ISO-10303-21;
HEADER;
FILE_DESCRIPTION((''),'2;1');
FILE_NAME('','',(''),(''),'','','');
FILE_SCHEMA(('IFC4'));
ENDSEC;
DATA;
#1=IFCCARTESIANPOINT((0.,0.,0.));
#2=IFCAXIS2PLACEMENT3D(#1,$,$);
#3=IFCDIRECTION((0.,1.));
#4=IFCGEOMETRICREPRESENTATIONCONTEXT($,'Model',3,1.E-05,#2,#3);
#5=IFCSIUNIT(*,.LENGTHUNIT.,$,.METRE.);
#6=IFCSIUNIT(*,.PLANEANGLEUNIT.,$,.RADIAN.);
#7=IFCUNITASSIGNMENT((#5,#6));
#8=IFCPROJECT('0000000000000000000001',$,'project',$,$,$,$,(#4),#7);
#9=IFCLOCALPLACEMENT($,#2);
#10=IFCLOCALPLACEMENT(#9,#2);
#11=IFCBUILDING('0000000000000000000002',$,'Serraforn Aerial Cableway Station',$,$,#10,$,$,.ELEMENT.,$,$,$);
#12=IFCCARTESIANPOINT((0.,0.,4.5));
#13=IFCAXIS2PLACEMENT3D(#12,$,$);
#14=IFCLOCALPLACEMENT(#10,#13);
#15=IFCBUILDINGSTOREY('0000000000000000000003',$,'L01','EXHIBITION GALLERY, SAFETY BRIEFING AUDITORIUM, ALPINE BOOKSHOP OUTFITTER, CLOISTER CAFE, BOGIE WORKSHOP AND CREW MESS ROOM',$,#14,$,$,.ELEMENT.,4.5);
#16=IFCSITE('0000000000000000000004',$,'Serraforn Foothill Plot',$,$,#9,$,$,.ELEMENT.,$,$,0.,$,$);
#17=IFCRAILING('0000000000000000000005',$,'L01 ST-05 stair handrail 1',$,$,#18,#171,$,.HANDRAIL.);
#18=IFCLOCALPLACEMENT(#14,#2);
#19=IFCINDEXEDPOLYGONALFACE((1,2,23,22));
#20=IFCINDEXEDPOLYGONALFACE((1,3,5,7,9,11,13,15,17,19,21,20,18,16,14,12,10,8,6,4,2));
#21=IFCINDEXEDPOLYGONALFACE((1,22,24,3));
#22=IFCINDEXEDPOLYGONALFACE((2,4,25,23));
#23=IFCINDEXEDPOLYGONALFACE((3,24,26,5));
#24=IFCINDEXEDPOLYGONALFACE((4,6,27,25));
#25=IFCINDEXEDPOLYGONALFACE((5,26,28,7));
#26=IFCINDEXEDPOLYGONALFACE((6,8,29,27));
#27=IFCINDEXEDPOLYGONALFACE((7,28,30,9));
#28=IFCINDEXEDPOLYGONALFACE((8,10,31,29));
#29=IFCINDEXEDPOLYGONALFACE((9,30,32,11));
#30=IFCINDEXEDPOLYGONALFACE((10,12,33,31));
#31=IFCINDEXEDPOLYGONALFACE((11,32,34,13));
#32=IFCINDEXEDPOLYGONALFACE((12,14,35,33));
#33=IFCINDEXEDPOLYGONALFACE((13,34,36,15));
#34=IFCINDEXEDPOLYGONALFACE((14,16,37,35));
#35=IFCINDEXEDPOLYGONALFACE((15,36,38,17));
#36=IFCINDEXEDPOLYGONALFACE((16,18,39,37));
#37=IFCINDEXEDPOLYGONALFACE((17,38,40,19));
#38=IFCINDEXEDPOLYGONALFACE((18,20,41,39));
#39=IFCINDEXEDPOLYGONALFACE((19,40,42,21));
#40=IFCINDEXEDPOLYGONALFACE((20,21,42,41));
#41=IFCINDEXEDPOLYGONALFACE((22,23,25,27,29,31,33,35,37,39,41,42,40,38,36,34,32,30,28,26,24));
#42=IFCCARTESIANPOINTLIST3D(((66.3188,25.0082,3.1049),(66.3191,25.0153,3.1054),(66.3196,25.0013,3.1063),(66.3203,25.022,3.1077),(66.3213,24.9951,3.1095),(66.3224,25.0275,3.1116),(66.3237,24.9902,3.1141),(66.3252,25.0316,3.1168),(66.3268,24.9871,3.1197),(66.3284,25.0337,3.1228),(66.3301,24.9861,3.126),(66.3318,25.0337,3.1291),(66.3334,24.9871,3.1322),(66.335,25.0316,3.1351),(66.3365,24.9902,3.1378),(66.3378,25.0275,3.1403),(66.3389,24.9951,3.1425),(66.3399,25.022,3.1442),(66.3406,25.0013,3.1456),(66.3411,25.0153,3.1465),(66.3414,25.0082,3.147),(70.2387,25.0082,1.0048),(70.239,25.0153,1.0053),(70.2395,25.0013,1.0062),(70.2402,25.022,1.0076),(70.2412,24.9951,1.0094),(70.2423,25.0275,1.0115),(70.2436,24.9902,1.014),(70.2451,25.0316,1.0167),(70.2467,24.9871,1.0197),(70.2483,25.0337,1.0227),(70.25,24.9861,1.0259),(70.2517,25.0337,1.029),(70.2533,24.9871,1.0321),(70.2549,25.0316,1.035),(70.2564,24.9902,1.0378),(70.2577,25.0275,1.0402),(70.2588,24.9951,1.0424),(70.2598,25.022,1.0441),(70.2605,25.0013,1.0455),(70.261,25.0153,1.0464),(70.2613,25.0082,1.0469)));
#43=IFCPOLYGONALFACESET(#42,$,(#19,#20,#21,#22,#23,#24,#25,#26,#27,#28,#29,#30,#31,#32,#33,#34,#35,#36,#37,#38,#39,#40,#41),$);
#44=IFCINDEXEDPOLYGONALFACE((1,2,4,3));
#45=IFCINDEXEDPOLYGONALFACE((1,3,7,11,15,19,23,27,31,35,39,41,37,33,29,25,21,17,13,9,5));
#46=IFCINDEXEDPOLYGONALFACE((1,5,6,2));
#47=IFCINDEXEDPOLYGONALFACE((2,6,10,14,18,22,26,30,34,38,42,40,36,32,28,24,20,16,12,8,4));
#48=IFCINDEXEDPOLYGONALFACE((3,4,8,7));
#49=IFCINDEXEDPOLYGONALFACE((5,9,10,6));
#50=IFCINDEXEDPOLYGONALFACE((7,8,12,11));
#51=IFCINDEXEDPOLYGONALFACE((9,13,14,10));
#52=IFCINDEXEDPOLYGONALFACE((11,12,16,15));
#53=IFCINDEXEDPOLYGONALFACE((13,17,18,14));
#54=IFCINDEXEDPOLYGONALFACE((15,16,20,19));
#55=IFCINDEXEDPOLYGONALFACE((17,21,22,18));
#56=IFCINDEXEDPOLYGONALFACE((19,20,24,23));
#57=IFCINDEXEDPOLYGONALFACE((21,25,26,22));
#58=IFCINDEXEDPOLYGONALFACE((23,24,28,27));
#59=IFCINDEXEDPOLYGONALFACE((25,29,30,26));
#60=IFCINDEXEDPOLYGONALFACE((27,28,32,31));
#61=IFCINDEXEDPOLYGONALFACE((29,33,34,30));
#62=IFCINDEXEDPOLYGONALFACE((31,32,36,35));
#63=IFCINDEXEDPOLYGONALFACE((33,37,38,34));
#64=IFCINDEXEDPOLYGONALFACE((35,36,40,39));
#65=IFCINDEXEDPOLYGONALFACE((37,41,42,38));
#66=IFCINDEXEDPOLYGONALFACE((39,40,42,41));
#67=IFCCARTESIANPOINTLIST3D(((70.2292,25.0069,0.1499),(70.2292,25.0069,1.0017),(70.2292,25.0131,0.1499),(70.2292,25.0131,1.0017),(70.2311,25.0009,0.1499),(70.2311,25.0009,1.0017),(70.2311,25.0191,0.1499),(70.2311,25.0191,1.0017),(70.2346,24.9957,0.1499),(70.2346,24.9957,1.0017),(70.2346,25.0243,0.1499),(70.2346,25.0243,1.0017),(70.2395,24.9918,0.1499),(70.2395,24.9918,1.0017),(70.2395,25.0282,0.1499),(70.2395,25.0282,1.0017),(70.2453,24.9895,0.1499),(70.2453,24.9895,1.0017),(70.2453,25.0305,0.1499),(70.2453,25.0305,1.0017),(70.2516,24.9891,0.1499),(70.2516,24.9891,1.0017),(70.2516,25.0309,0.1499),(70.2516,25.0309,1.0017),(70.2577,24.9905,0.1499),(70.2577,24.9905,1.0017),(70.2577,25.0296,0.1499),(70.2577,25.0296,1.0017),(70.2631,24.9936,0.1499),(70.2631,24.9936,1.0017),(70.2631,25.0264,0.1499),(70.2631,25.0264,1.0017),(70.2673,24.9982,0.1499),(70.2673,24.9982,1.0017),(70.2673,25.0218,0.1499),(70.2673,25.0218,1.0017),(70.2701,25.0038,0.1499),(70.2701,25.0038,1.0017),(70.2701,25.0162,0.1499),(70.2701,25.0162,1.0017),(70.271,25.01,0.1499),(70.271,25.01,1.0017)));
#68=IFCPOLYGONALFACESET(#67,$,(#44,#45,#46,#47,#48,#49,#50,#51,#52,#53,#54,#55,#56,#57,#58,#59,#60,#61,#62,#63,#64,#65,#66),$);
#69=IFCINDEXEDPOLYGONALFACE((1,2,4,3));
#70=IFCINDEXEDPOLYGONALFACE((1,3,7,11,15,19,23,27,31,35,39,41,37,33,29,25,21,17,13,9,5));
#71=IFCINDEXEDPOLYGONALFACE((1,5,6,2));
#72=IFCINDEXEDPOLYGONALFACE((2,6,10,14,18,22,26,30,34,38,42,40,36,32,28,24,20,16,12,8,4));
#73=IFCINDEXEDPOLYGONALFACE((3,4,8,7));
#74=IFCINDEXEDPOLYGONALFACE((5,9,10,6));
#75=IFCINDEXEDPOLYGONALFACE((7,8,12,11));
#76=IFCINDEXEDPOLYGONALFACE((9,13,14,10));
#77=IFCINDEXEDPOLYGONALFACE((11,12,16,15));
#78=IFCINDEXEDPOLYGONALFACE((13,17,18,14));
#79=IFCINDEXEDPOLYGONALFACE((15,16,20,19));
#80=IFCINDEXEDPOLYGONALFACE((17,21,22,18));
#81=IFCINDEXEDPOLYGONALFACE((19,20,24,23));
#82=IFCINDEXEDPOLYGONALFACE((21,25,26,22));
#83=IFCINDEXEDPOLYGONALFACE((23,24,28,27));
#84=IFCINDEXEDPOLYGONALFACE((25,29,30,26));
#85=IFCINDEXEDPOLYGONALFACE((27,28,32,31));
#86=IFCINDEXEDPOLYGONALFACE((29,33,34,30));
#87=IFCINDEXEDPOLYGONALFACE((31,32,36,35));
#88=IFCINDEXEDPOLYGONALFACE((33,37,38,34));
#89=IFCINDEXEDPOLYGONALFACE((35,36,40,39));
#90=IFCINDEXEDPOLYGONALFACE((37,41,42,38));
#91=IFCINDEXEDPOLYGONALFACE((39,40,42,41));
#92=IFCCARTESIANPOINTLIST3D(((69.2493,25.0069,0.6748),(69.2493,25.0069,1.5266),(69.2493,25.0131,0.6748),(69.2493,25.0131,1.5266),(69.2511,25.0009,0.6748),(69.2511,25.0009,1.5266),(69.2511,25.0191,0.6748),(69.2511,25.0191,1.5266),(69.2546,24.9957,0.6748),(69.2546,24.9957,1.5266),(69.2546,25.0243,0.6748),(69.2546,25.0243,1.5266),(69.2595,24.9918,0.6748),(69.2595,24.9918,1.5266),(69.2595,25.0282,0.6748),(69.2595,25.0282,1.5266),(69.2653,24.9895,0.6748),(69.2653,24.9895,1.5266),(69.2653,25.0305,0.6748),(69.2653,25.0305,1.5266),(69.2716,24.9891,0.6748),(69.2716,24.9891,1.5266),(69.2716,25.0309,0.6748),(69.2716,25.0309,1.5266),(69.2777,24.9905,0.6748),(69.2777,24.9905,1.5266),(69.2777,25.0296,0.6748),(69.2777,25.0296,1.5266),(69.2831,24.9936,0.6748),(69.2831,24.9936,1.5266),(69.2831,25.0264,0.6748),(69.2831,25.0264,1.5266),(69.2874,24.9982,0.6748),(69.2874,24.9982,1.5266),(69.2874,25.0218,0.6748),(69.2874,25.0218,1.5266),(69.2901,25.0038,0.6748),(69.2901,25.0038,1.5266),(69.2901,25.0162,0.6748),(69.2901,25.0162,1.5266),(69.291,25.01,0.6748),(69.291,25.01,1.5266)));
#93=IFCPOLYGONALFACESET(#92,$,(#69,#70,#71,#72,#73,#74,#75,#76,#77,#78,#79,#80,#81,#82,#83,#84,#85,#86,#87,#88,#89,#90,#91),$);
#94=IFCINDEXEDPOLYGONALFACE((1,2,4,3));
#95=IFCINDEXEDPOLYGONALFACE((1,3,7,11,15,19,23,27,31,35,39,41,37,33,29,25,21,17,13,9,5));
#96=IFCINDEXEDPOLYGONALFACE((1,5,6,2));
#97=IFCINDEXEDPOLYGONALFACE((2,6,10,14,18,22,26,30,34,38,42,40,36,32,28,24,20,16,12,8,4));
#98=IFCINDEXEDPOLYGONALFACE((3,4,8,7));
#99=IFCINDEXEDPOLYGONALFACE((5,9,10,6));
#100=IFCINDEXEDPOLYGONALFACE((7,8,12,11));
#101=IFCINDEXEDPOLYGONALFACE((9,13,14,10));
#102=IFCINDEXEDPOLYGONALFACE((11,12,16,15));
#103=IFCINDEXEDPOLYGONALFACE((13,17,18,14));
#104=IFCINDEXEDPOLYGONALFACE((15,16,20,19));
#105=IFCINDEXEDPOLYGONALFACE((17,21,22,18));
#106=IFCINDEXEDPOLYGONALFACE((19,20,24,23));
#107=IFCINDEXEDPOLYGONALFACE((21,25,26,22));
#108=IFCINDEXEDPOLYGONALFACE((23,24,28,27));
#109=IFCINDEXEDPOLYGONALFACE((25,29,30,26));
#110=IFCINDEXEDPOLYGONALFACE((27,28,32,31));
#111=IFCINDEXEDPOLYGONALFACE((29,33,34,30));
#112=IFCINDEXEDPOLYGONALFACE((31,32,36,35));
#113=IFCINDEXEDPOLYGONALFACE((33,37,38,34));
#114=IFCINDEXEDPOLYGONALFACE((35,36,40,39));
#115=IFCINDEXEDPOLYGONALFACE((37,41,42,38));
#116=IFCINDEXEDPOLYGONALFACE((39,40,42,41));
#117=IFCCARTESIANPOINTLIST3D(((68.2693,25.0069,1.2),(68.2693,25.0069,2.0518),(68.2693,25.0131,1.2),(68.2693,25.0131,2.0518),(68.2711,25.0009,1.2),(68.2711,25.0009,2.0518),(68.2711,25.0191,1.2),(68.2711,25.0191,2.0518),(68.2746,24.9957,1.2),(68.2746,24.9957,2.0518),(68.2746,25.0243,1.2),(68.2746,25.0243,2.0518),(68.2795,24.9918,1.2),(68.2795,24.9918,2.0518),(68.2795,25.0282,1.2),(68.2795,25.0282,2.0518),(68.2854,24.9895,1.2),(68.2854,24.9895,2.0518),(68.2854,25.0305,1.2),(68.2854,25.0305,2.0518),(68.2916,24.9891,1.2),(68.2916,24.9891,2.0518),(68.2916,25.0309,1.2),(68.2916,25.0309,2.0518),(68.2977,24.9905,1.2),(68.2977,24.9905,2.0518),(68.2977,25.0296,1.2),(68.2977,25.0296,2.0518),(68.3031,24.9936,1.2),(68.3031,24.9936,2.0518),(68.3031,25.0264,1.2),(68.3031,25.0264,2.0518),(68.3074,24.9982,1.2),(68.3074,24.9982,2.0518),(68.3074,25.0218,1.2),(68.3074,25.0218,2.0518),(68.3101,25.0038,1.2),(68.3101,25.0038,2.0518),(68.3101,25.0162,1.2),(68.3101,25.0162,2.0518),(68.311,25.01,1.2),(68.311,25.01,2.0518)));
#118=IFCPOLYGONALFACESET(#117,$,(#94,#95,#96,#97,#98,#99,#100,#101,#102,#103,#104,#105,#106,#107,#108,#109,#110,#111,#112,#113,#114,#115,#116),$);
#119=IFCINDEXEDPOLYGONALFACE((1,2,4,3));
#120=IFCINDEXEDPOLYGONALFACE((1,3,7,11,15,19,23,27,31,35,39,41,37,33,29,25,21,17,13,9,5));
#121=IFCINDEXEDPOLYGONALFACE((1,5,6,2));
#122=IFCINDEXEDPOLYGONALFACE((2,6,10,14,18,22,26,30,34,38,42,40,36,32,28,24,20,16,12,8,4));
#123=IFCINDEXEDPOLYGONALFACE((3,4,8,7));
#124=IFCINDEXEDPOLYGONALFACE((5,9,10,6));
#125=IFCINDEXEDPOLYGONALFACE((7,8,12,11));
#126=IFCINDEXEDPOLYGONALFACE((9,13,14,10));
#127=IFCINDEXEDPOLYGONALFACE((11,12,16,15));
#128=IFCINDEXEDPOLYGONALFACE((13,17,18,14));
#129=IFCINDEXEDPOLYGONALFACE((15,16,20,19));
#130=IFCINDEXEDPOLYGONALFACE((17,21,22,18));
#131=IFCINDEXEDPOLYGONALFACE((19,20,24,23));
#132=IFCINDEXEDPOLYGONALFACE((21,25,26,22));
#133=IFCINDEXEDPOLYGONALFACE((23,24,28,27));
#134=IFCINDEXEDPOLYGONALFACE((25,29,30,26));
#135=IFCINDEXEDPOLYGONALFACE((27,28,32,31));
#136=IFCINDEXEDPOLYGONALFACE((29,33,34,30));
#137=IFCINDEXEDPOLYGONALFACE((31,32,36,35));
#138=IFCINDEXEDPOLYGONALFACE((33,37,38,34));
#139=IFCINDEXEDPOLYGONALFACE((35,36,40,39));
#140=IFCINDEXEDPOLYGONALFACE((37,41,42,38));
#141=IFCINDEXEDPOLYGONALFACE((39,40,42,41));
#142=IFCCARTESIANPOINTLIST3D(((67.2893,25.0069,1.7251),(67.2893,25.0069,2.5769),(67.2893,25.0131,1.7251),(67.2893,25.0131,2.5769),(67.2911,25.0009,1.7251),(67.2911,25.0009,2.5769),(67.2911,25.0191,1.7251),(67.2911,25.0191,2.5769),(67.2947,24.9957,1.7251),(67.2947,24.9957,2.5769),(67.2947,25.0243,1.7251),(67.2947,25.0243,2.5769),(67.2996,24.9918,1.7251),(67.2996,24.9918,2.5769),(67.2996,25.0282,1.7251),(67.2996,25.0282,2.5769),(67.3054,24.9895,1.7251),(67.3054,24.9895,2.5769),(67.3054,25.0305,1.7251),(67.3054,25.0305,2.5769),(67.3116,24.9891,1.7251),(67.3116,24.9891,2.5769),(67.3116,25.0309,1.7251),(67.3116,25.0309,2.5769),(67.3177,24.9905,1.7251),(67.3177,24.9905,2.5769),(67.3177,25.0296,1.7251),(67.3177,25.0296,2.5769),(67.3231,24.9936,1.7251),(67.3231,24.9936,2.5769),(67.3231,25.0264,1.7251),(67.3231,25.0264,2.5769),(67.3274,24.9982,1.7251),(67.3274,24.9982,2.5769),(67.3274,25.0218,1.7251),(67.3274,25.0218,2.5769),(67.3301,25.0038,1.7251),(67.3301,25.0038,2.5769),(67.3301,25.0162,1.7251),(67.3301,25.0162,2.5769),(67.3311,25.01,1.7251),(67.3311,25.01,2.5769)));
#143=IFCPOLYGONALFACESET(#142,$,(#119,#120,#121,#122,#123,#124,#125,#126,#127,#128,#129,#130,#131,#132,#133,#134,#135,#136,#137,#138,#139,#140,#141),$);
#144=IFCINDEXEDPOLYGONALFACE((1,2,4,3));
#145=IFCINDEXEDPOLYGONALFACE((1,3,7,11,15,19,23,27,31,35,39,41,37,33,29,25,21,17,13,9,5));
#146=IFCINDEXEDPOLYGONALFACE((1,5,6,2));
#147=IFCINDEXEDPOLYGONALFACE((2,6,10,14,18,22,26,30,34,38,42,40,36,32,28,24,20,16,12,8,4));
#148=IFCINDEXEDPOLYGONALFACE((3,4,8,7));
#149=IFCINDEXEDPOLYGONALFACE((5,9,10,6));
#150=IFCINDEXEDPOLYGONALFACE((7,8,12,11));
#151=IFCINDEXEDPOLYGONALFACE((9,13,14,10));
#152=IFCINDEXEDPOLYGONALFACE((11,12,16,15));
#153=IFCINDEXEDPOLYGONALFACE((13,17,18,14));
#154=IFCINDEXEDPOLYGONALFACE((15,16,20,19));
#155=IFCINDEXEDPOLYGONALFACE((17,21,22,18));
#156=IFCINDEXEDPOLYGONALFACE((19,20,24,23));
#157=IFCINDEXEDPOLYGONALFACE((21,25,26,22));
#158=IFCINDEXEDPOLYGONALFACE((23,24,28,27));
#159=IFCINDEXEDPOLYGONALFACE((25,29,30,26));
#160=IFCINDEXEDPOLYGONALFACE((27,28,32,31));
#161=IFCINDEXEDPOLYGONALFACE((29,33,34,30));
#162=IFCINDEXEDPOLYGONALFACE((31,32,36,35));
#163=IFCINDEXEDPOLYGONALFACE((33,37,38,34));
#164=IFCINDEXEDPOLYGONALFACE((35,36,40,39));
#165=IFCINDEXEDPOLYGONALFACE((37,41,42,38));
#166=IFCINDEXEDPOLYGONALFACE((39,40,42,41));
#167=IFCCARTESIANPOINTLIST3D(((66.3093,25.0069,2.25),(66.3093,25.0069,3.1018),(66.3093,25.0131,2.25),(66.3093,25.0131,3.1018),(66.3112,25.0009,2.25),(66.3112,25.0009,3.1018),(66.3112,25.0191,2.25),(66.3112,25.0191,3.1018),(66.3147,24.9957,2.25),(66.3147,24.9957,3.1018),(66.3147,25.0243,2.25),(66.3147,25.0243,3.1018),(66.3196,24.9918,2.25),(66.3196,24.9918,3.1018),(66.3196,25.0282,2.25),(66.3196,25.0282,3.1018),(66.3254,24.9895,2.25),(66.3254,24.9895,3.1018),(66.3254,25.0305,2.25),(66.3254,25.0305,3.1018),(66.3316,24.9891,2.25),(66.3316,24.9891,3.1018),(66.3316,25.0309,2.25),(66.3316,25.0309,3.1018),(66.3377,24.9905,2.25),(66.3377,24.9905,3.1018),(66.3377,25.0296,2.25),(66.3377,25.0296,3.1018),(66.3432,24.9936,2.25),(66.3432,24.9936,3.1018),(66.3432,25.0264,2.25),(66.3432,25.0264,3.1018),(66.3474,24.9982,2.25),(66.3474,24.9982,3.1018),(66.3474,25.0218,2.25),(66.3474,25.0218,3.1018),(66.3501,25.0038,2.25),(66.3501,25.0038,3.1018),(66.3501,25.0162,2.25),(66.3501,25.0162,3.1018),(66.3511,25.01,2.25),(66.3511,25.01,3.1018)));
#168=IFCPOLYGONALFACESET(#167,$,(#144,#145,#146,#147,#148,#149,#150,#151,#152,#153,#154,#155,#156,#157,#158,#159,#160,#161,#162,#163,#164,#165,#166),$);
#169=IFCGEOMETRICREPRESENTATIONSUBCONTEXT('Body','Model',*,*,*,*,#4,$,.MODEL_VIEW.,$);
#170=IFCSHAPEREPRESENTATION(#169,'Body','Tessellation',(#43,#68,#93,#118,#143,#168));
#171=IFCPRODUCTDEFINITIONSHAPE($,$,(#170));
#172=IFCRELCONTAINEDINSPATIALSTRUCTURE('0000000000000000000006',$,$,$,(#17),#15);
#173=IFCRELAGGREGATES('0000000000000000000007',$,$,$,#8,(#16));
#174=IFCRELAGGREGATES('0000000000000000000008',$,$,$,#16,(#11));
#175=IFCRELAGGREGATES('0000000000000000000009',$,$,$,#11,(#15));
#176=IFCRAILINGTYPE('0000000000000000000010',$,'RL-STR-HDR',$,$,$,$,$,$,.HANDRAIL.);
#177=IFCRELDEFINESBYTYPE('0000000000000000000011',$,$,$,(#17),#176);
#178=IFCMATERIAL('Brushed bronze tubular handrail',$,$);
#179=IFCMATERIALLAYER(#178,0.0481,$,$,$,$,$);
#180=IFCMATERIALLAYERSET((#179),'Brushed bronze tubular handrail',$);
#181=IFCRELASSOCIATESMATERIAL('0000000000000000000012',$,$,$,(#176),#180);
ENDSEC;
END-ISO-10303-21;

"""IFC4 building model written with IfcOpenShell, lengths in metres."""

from ifc_helpers import new_model, si_unit, direction, frame, origin, origin_2d, place, context, subcontext, project, spatial, circle, extrude, material, layer, layer_set, type_object, element, save


model = new_model("IFC4")

# Units and contexts
model_context = context("Model", 3, precision=1e-05, world=origin(), true_north=direction((0.0, 1.0)))
body_context = subcontext(model_context, "Body", "Model", "MODEL_VIEW")
ifc_project = project(units=[si_unit("LENGTHUNIT", "METRE"), si_unit("PLANEANGLEUNIT", "RADIAN")], contexts=[model_context])

# Site, building, storey
site_placement = place(None, origin())
site = spatial("IfcSite", under=ifc_project, at=site_placement, Name="Serraforn Foothill Plot", CompositionType="ELEMENT", RefElevation=0.0)
building_placement = place(site_placement, origin())
building = spatial("IfcBuilding", under=site, at=building_placement, Name="Serraforn Aerial Cableway Station", CompositionType="ELEMENT")
storey_placement = place(building_placement, frame((0.0, 0.0, 4.5)))
storey = spatial("IfcBuildingStorey", under=building, at=storey_placement, Name="L01", Description="EXHIBITION GALLERY, SAFETY BRIEFING AUDITORIUM, ALPINE BOOKSHOP OUTFITTER, CLOISTER CAFE, BOGIE WORKSHOP AND CREW MESS ROOM", CompositionType="ELEMENT", Elevation=4.5)

# Railing
ifc_material_1 = material(Name="Brushed bronze tubular handrail")
ifc_layer_1 = layer(ifc_material_1, 0.0481)
ifc_layer_set_1 = layer_set([ifc_layer_1], Name="Brushed bronze tubular handrail")
railing_type_1 = type_object("IfcRailingType", Name="RL-STR-HDR", PredefinedType="HANDRAIL", material=ifc_layer_set_1)
railing_1_placement = place(storey_placement, frame((70.25, 25.01, 0.1499)))
element("IfcRailing", 1, at=railing_1_placement, inside=storey, type_object=railing_type_1, Name="L01 ST-05 stair handrail 1", PredefinedType="HANDRAIL", context=body_context, shape_type="SweptSolid", body=[
    extrude(circle(Radius=0.0239, at=origin_2d()), frame((0.0, 0.0, 0.876), z_axis=(-0.881467, 0.0, 0.472246), x_axis=(0.0, -1.0, 0.0)), (0.0, 0.0, 1.0), 4.447),
    extrude(circle(Radius=0.021, at=origin_2d()), origin(), (0.0, 0.0, 1.0), 0.8518),
    extrude(circle(Radius=0.021, at=origin_2d()), frame((-0.98, 0.0, 0.5249)), (0.0, 0.0, 1.0), 0.8518),
    extrude(circle(Radius=0.021, at=origin_2d()), frame((-1.96, 0.0, 1.05)), (0.0, 0.0, 1.0), 0.8518),
    extrude(circle(Radius=0.021, at=origin_2d()), frame((-2.9399, 0.0, 1.5752)), (0.0, 0.0, 1.0), 0.8518),
    extrude(circle(Radius=0.021, at=origin_2d()), frame((-3.9199, 0.0, 2.1001)), (0.0, 0.0, 1.0), 0.8518),
])

save(model, "model.ifc")
